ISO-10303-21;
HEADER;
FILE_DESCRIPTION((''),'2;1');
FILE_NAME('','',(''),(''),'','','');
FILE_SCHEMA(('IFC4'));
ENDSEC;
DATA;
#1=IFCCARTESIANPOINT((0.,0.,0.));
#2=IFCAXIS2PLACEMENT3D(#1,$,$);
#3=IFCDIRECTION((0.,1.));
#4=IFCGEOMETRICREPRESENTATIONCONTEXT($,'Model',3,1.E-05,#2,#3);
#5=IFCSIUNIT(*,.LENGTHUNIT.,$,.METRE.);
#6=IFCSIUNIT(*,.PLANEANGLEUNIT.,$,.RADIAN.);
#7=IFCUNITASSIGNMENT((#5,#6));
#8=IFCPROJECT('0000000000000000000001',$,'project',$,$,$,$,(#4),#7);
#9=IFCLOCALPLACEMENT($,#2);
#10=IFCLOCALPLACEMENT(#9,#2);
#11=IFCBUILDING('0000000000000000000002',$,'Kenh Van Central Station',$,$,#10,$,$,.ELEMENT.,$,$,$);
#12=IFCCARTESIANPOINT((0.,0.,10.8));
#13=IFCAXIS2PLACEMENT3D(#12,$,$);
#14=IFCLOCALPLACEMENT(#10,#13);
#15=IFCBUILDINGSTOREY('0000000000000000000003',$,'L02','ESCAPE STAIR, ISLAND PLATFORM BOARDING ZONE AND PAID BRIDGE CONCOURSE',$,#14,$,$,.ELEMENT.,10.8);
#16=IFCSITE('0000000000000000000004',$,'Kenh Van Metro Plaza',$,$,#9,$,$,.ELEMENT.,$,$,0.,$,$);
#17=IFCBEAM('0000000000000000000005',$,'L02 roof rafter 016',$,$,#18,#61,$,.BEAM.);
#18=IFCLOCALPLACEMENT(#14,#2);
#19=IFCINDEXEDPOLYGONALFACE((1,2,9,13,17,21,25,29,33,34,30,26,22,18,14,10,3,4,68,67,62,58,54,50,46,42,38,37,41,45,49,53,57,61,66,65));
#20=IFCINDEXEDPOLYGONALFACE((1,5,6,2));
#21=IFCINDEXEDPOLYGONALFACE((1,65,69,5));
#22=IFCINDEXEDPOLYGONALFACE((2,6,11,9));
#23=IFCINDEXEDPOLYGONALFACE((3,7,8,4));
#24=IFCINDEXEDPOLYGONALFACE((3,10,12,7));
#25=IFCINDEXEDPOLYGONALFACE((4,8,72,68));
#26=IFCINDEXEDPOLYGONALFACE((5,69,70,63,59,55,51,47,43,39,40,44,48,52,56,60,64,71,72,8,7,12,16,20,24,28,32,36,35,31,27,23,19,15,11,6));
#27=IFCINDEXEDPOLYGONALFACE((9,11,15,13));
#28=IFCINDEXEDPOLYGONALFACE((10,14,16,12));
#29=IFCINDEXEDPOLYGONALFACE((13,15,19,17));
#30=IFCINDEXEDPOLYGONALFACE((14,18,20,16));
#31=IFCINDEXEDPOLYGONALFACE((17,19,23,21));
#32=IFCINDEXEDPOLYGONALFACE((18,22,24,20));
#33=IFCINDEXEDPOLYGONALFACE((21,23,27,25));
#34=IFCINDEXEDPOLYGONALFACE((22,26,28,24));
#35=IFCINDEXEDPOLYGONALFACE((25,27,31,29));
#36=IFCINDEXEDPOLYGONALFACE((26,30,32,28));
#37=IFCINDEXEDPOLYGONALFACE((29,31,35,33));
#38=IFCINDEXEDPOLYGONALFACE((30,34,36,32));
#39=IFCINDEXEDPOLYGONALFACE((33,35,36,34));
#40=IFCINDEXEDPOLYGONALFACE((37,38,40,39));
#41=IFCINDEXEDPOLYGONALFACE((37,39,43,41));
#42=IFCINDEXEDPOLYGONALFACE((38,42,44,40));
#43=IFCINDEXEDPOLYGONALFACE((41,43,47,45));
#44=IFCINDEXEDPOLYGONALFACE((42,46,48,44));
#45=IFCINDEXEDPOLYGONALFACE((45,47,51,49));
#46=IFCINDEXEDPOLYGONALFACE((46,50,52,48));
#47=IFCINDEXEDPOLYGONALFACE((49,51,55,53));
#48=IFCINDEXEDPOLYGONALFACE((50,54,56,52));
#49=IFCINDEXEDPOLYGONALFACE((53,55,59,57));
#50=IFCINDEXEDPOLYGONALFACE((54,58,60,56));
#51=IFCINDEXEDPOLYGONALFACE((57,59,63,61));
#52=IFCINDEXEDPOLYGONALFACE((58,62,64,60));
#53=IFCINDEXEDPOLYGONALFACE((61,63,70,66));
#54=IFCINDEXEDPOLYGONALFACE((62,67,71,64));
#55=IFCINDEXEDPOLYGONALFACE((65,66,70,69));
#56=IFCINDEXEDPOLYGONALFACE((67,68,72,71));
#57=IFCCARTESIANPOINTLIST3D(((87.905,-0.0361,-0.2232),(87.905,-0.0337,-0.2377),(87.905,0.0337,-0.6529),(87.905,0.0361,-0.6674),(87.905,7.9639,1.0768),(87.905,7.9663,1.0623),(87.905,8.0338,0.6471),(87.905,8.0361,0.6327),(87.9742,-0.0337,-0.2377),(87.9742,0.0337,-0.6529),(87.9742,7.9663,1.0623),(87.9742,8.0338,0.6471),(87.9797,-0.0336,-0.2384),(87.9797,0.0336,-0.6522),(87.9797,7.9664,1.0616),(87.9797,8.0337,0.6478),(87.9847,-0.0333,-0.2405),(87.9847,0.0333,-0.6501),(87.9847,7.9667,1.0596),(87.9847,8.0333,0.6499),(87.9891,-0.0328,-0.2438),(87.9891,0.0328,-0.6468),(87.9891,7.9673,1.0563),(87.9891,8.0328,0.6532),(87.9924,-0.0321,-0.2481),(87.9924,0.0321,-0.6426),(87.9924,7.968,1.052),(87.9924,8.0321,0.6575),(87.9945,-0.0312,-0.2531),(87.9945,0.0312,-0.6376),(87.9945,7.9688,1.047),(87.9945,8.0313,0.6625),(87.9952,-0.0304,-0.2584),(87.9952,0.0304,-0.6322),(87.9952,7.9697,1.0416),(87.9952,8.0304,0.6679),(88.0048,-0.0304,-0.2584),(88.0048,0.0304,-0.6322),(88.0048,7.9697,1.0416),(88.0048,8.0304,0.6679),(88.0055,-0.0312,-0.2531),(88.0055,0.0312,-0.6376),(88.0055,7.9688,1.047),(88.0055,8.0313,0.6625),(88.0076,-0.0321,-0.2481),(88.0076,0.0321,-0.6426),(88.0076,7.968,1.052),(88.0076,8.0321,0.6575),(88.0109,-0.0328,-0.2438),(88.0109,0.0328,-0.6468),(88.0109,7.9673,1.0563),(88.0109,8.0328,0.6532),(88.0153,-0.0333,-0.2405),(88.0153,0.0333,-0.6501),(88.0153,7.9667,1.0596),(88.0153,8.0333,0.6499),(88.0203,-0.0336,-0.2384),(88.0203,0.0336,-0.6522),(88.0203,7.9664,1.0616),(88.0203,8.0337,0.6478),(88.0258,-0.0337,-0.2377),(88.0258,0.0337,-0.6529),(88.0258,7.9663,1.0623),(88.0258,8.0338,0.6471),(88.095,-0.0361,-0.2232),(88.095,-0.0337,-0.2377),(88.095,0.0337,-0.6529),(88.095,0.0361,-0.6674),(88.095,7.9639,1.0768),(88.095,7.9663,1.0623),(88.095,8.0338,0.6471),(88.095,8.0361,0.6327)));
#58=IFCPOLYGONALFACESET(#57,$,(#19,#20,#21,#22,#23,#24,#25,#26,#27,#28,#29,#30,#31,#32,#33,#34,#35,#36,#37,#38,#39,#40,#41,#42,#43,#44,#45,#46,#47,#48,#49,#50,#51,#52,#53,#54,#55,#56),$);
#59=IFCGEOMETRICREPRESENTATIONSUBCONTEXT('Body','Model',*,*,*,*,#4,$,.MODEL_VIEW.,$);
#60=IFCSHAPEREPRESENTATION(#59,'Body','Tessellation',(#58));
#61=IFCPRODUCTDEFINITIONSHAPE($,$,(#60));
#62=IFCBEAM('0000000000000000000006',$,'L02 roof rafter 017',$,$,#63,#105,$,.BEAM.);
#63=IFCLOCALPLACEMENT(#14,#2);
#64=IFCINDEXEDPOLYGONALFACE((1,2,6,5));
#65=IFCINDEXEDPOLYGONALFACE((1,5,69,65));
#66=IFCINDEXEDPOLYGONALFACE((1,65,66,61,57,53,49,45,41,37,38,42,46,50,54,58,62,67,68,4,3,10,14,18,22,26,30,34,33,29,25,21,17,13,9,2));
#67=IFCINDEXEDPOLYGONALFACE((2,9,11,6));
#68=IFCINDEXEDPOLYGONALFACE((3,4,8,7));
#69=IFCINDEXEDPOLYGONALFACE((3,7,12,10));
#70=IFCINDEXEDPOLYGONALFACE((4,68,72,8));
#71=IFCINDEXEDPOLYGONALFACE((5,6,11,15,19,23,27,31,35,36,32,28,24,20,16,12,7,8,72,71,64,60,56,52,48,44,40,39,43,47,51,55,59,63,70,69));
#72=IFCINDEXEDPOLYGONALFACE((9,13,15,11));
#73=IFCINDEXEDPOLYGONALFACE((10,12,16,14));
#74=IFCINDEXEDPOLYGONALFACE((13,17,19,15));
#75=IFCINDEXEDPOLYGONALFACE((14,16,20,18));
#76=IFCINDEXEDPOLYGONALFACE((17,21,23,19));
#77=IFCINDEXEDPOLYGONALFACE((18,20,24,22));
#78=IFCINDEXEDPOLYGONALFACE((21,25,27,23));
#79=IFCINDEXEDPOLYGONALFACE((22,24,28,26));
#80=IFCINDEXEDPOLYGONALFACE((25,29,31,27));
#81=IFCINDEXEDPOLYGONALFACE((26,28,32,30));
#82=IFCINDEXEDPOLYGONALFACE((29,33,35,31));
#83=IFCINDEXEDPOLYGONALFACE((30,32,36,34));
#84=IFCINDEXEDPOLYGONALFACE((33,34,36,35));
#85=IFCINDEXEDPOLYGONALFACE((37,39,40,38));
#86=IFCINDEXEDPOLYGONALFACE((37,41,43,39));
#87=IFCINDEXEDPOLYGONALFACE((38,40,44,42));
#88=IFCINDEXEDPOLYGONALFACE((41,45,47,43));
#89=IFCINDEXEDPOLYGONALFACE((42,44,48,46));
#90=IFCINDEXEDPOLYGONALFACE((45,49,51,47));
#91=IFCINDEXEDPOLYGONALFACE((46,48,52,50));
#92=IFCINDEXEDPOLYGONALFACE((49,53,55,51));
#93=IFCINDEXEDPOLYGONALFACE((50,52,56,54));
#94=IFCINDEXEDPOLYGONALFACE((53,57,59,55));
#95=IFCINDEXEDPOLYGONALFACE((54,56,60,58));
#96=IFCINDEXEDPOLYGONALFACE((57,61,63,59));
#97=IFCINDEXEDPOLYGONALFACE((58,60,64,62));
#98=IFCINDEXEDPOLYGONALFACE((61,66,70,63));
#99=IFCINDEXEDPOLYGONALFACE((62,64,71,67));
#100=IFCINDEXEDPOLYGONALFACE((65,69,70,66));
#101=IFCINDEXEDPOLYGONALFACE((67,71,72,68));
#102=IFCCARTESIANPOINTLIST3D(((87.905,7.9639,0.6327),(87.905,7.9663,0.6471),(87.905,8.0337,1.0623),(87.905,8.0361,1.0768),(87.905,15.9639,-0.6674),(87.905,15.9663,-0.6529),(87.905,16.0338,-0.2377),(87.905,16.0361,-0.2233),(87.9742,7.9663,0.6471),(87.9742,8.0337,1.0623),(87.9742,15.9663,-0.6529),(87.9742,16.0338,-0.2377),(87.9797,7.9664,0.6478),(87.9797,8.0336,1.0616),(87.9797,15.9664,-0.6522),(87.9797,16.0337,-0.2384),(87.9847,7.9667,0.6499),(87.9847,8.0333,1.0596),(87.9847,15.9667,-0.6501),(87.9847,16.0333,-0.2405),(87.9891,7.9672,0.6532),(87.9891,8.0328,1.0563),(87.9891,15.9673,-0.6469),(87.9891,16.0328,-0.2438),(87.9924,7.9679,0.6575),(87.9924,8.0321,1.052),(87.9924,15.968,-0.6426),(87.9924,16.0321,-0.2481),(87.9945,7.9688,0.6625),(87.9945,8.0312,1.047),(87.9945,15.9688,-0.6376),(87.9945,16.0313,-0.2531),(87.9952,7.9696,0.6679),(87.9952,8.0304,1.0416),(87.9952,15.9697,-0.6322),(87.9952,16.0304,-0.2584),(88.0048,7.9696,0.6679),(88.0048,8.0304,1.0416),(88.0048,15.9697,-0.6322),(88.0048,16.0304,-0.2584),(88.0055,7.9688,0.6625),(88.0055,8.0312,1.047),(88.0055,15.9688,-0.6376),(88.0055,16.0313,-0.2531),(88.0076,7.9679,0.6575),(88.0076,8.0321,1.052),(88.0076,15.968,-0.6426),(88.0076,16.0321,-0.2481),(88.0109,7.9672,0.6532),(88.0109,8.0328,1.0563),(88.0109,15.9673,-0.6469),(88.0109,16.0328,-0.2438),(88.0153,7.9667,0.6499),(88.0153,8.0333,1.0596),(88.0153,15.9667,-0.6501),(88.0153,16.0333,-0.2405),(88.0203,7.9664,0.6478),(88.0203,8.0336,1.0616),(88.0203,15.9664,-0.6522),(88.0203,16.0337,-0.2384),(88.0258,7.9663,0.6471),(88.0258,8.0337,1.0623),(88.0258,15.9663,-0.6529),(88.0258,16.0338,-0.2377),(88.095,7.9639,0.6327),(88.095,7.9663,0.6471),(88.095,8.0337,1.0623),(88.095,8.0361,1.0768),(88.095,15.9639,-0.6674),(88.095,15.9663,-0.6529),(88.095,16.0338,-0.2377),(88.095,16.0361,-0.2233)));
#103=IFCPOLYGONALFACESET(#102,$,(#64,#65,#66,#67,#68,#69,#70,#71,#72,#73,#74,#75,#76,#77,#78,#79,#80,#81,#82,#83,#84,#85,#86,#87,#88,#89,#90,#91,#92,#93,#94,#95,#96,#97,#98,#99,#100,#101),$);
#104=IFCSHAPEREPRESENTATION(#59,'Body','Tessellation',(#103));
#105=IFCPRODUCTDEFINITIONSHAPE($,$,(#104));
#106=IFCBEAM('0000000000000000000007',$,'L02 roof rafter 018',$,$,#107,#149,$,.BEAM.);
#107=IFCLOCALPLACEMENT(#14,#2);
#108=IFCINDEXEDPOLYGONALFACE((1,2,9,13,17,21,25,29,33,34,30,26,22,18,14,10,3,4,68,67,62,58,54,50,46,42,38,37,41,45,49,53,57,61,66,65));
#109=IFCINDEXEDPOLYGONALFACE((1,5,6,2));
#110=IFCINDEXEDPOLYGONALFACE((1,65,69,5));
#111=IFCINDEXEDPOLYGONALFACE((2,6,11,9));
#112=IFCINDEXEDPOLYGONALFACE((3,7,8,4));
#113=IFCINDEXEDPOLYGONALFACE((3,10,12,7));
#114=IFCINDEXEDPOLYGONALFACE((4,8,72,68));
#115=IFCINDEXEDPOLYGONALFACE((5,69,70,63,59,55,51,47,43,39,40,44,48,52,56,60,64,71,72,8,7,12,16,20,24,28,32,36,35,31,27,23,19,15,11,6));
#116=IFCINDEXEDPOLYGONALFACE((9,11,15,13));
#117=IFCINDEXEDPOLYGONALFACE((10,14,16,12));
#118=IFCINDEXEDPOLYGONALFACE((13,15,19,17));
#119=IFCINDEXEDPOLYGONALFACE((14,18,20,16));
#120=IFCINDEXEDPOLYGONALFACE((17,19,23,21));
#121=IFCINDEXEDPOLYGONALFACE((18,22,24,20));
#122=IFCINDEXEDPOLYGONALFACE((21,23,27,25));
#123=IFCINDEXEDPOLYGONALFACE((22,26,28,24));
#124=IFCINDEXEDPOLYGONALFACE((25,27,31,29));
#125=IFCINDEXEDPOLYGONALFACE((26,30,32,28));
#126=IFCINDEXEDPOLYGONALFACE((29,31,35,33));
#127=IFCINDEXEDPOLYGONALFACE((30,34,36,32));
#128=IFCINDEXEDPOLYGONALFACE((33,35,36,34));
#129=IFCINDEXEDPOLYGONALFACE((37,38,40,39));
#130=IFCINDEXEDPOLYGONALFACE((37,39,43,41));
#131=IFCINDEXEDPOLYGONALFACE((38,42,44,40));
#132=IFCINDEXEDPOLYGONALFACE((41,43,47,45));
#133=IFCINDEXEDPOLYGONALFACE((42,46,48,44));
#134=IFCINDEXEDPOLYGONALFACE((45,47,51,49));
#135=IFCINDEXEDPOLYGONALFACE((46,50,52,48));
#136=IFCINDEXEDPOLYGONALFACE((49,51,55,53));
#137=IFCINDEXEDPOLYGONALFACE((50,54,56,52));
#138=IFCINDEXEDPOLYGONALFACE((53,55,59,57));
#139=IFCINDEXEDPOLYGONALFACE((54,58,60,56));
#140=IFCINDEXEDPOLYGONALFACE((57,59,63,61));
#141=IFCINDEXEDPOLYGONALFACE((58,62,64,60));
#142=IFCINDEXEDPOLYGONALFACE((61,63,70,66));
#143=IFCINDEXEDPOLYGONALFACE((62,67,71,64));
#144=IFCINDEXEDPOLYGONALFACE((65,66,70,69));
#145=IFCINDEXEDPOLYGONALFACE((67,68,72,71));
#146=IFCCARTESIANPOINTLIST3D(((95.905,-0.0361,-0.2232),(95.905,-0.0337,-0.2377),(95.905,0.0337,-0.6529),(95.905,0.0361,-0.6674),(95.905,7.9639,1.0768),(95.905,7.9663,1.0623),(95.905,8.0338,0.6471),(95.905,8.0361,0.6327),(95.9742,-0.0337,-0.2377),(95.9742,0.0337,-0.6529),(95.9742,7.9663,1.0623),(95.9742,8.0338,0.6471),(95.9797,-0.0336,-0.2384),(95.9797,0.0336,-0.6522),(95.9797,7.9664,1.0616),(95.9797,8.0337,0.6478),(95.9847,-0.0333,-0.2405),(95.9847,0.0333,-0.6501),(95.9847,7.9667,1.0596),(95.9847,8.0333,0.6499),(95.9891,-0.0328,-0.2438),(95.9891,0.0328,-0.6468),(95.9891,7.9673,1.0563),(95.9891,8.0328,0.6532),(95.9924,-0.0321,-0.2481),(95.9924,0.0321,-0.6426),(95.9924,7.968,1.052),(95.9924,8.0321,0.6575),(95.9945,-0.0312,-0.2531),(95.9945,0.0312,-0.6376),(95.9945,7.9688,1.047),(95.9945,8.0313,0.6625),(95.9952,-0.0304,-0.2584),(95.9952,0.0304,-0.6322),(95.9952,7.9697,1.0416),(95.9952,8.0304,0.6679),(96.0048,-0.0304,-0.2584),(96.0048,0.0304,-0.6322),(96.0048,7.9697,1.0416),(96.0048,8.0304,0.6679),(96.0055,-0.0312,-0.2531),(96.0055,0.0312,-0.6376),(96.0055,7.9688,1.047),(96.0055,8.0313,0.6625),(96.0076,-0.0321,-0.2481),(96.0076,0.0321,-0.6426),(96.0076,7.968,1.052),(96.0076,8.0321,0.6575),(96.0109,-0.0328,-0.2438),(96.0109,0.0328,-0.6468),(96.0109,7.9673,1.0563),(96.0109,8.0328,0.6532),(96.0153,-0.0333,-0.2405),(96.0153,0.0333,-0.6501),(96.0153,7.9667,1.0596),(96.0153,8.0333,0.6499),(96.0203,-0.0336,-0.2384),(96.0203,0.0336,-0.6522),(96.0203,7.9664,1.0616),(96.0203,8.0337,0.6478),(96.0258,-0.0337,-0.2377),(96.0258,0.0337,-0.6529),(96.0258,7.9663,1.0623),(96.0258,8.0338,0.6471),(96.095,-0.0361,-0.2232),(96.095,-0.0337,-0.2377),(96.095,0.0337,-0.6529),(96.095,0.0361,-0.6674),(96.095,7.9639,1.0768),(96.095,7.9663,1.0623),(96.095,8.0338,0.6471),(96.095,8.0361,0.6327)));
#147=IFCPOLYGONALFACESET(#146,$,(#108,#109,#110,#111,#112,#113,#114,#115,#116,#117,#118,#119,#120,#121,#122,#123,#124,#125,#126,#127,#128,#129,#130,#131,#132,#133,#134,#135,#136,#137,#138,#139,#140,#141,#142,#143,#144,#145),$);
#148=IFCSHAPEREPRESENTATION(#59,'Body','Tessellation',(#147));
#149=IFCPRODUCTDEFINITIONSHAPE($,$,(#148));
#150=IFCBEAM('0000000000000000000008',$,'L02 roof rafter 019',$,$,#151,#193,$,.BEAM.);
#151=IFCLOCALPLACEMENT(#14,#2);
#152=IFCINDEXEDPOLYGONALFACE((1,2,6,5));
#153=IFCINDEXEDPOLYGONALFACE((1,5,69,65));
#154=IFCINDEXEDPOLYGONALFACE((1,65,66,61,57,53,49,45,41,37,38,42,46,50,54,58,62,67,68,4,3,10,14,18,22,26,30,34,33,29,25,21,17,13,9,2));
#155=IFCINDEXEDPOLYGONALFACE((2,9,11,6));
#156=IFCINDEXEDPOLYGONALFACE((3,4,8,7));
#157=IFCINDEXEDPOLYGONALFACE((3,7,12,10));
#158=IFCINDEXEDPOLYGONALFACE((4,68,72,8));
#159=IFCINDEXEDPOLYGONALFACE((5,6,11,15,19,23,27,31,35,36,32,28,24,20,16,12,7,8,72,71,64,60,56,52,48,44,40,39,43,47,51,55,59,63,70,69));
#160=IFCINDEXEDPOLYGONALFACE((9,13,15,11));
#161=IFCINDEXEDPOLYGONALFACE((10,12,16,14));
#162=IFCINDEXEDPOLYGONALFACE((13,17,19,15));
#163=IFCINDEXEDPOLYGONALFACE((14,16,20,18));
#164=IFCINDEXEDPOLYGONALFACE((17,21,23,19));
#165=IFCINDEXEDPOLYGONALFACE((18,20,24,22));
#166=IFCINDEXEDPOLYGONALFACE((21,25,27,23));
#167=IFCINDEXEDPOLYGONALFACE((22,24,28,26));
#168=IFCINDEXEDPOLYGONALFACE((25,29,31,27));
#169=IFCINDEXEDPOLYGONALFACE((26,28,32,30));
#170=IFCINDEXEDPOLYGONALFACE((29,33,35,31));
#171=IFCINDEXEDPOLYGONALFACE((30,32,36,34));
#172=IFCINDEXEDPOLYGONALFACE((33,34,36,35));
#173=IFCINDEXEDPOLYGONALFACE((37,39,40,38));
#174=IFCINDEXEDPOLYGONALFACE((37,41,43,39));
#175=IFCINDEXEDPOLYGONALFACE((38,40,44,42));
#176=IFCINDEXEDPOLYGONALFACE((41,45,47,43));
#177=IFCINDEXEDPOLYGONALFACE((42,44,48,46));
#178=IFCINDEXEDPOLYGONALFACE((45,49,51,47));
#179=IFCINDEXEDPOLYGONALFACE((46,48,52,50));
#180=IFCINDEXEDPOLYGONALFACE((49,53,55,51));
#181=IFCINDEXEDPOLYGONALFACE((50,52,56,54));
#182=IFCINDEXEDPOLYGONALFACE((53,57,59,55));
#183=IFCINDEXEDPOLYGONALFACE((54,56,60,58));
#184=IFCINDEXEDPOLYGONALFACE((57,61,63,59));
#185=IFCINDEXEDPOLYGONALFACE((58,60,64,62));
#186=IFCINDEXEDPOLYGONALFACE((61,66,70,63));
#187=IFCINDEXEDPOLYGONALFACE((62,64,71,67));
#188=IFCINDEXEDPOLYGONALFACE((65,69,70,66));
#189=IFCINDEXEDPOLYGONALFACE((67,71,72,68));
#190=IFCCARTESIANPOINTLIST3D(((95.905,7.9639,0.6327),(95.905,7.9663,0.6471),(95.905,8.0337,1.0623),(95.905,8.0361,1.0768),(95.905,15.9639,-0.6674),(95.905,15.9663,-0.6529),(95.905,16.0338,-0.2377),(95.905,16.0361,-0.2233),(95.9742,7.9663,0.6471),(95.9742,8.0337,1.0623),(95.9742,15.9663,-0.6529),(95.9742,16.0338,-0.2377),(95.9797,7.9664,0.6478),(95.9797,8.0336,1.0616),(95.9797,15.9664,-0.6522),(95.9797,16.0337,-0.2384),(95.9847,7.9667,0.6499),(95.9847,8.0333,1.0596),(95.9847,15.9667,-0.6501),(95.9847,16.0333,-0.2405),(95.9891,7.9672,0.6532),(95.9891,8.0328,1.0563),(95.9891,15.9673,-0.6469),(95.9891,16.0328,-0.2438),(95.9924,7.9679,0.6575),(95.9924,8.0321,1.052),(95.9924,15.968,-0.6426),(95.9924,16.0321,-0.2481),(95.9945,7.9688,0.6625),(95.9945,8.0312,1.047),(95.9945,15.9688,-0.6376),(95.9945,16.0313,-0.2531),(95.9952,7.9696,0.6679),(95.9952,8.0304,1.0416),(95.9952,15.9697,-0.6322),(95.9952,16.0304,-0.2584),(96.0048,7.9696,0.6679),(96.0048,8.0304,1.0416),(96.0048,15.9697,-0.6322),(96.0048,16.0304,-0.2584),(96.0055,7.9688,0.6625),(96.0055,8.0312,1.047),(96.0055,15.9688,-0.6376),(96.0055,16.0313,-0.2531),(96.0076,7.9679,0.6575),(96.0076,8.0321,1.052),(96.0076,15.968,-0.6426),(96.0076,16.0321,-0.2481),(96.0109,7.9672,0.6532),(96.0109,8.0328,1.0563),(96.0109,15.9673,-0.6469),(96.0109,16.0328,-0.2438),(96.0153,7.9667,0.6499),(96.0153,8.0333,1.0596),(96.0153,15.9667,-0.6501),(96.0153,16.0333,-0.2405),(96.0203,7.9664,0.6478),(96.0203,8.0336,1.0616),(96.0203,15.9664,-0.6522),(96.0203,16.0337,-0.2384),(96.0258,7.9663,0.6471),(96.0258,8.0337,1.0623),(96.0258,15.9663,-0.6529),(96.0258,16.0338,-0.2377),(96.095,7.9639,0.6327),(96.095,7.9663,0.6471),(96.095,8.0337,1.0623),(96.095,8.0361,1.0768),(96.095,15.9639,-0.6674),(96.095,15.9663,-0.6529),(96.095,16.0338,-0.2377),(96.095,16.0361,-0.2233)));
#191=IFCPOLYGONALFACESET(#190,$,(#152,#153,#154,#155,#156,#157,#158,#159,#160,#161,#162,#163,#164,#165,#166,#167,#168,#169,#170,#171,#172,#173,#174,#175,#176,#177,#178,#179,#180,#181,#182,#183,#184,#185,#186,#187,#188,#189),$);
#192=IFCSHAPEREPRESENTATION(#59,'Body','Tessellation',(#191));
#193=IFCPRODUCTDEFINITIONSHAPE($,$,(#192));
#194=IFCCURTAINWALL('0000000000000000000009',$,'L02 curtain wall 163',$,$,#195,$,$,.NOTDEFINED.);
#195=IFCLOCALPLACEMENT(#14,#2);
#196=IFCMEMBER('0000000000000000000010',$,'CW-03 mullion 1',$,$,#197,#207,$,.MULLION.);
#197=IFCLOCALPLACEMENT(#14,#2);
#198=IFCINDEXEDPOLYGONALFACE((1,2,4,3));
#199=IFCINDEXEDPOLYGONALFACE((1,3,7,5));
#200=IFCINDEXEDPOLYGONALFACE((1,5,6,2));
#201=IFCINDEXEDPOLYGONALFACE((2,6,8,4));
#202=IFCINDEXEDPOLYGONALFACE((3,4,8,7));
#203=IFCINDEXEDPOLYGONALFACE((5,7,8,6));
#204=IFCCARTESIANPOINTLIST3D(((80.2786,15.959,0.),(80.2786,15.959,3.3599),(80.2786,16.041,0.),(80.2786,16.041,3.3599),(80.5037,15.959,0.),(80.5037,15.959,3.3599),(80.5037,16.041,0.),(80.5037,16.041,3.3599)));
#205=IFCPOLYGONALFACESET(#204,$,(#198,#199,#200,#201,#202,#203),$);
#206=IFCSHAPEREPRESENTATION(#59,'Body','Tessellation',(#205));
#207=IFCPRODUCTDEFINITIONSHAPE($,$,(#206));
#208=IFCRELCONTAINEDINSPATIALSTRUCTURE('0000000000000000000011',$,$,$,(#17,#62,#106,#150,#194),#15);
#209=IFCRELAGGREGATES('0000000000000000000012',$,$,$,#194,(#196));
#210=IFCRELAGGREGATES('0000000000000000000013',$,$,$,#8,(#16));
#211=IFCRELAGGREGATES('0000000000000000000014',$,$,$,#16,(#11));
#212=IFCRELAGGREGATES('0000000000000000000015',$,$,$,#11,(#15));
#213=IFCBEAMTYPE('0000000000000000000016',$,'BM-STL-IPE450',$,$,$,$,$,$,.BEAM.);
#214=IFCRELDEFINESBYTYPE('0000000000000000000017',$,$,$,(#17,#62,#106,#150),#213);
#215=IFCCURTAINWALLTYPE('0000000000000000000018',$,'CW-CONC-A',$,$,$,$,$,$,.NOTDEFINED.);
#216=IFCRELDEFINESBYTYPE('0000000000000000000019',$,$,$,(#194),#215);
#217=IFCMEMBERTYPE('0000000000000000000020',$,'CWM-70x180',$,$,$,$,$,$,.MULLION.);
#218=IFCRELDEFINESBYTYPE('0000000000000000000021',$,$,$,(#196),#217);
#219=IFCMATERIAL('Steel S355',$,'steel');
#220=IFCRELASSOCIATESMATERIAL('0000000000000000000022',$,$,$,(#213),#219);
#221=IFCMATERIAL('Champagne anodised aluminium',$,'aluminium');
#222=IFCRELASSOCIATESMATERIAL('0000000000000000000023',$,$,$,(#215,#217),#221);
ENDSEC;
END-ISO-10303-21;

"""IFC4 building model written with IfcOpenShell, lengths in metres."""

from ifc_helpers import new_model, si_unit, direction, frame, origin, origin_2d, place, context, subcontext, project, spatial, rectangle, i_section, extrude, material, material_profile, profile_set, type_object, element, aggregate, save


model = new_model("IFC4")

# Units and contexts
model_context = context("Model", 3, precision=1e-05, world=origin(), true_north=direction((0.0, 1.0)))
body_context = subcontext(model_context, "Body", "Model", "MODEL_VIEW")
ifc_project = project(units=[si_unit("LENGTHUNIT", "METRE"), si_unit("PLANEANGLEUNIT", "RADIAN")], contexts=[model_context])

# Site, building, storey
site_placement = place(None, origin())
site = spatial("IfcSite", under=ifc_project, at=site_placement, Name="Kenh Van Metro Plaza", CompositionType="ELEMENT", RefElevation=0.0)
building_placement = place(site_placement, origin())
building = spatial("IfcBuilding", under=site, at=building_placement, Name="Kenh Van Central Station", CompositionType="ELEMENT")
storey_placement = place(building_placement, frame((0.0, 0.0, 10.8)))
storey = spatial("IfcBuildingStorey", under=building, at=storey_placement, Name="L02", Description="ESCAPE STAIR, ISLAND PLATFORM BOARDING ZONE AND PAID BRIDGE CONCOURSE", CompositionType="ELEMENT", Elevation=10.8)

# Beams
ifc_material_1 = material(Name="Steel S355", Category="steel")
ifc_material_profile_1 = material_profile(ifc_material_1, i_section(OverallWidth=0.1899, OverallDepth=0.45, WebThickness=0.0095, FlangeThickness=0.0146, FilletRadius=0.021, at=origin_2d()), Name="IPE 450")
ifc_profile_set_1 = profile_set([ifc_material_profile_1], Name="Steel S355")
beam_type_1 = type_object("IfcBeamType", Name="BM-STL-IPE450", PredefinedType="BEAM", material=ifc_profile_set_1)
for number, where, z_axis, x_axis, name in (
    (1, (88.0, 0.0, -0.4453), (0.0, 0.987052, 0.160402), (-1.0, 0.0, 0.0), "L02 roof rafter 016"),
    (2, (88.0, 8.0, 0.8547), (0.0, 0.987052, -0.160402), (-1.0, 0.0, 0.0), "L02 roof rafter 017"),
    (3, (96.0, 0.0, -0.4453), (0.0, 0.987052, 0.160402), (-1.0, 0.0, 0.0), "L02 roof rafter 018"),
    (4, (96.0, 8.0, 0.8547), (0.0, 0.987052, -0.160402), (-1.0, 0.0, 0.0), "L02 roof rafter 019"),
):
    element("IfcBeam", number, at=place(storey_placement, frame(where, z_axis=z_axis, x_axis=x_axis)), inside=storey, type_object=beam_type_1, Name=name, PredefinedType="BEAM", context=body_context, shape_type="SweptSolid", body=[
        extrude(i_section(OverallWidth=0.1899, OverallDepth=0.45, WebThickness=0.0095, FlangeThickness=0.0146, FilletRadius=0.021, at=origin_2d()), origin(), (0.0, 0.0, 1.0), 8.105),
    ])

# Curtain wall, member
ifc_material_2 = material(Name="Champagne anodised aluminium", Category="aluminium")
curtain_wall_type = type_object("IfcCurtainWallType", Name="CW-CONC-A", PredefinedType="NOTDEFINED", material=ifc_material_2)
curtain_wall_placement = place(storey_placement, origin())
curtain_wall = element("IfcCurtainWall", 5, at=curtain_wall_placement, inside=storey, type_object=curtain_wall_type, Name="L02 curtain wall 163", PredefinedType="NOTDEFINED")
ifc_material_profile_2 = material_profile(ifc_material_2, rectangle(XDim=0.082, YDim=0.2251, at=origin_2d()), Name="AL 82x225")
ifc_profile_set_2 = profile_set([ifc_material_profile_2], Name="Champagne anodised aluminium")
member_type_1 = type_object("IfcMemberType", Name="CWM-70x180", PredefinedType="MULLION", material=ifc_profile_set_2)
member_1_placement = place(storey_placement, frame((80.3911, 16.0, 0.0), z_axis=(0.0, 0.0, 1.0), x_axis=(0.0, 1.0, 0.0)))
member_1 = element("IfcMember", 6, at=member_1_placement, type_object=member_type_1, Name="CW-03 mullion 1", PredefinedType="MULLION", context=body_context, shape_type="SweptSolid", body=[
    extrude(rectangle(XDim=0.082, YDim=0.2251, at=origin_2d()), origin(), (0.0, 0.0, 1.0), 3.3599),
])

aggregate(curtain_wall, [member_1])

save(model, "model.ifc")
